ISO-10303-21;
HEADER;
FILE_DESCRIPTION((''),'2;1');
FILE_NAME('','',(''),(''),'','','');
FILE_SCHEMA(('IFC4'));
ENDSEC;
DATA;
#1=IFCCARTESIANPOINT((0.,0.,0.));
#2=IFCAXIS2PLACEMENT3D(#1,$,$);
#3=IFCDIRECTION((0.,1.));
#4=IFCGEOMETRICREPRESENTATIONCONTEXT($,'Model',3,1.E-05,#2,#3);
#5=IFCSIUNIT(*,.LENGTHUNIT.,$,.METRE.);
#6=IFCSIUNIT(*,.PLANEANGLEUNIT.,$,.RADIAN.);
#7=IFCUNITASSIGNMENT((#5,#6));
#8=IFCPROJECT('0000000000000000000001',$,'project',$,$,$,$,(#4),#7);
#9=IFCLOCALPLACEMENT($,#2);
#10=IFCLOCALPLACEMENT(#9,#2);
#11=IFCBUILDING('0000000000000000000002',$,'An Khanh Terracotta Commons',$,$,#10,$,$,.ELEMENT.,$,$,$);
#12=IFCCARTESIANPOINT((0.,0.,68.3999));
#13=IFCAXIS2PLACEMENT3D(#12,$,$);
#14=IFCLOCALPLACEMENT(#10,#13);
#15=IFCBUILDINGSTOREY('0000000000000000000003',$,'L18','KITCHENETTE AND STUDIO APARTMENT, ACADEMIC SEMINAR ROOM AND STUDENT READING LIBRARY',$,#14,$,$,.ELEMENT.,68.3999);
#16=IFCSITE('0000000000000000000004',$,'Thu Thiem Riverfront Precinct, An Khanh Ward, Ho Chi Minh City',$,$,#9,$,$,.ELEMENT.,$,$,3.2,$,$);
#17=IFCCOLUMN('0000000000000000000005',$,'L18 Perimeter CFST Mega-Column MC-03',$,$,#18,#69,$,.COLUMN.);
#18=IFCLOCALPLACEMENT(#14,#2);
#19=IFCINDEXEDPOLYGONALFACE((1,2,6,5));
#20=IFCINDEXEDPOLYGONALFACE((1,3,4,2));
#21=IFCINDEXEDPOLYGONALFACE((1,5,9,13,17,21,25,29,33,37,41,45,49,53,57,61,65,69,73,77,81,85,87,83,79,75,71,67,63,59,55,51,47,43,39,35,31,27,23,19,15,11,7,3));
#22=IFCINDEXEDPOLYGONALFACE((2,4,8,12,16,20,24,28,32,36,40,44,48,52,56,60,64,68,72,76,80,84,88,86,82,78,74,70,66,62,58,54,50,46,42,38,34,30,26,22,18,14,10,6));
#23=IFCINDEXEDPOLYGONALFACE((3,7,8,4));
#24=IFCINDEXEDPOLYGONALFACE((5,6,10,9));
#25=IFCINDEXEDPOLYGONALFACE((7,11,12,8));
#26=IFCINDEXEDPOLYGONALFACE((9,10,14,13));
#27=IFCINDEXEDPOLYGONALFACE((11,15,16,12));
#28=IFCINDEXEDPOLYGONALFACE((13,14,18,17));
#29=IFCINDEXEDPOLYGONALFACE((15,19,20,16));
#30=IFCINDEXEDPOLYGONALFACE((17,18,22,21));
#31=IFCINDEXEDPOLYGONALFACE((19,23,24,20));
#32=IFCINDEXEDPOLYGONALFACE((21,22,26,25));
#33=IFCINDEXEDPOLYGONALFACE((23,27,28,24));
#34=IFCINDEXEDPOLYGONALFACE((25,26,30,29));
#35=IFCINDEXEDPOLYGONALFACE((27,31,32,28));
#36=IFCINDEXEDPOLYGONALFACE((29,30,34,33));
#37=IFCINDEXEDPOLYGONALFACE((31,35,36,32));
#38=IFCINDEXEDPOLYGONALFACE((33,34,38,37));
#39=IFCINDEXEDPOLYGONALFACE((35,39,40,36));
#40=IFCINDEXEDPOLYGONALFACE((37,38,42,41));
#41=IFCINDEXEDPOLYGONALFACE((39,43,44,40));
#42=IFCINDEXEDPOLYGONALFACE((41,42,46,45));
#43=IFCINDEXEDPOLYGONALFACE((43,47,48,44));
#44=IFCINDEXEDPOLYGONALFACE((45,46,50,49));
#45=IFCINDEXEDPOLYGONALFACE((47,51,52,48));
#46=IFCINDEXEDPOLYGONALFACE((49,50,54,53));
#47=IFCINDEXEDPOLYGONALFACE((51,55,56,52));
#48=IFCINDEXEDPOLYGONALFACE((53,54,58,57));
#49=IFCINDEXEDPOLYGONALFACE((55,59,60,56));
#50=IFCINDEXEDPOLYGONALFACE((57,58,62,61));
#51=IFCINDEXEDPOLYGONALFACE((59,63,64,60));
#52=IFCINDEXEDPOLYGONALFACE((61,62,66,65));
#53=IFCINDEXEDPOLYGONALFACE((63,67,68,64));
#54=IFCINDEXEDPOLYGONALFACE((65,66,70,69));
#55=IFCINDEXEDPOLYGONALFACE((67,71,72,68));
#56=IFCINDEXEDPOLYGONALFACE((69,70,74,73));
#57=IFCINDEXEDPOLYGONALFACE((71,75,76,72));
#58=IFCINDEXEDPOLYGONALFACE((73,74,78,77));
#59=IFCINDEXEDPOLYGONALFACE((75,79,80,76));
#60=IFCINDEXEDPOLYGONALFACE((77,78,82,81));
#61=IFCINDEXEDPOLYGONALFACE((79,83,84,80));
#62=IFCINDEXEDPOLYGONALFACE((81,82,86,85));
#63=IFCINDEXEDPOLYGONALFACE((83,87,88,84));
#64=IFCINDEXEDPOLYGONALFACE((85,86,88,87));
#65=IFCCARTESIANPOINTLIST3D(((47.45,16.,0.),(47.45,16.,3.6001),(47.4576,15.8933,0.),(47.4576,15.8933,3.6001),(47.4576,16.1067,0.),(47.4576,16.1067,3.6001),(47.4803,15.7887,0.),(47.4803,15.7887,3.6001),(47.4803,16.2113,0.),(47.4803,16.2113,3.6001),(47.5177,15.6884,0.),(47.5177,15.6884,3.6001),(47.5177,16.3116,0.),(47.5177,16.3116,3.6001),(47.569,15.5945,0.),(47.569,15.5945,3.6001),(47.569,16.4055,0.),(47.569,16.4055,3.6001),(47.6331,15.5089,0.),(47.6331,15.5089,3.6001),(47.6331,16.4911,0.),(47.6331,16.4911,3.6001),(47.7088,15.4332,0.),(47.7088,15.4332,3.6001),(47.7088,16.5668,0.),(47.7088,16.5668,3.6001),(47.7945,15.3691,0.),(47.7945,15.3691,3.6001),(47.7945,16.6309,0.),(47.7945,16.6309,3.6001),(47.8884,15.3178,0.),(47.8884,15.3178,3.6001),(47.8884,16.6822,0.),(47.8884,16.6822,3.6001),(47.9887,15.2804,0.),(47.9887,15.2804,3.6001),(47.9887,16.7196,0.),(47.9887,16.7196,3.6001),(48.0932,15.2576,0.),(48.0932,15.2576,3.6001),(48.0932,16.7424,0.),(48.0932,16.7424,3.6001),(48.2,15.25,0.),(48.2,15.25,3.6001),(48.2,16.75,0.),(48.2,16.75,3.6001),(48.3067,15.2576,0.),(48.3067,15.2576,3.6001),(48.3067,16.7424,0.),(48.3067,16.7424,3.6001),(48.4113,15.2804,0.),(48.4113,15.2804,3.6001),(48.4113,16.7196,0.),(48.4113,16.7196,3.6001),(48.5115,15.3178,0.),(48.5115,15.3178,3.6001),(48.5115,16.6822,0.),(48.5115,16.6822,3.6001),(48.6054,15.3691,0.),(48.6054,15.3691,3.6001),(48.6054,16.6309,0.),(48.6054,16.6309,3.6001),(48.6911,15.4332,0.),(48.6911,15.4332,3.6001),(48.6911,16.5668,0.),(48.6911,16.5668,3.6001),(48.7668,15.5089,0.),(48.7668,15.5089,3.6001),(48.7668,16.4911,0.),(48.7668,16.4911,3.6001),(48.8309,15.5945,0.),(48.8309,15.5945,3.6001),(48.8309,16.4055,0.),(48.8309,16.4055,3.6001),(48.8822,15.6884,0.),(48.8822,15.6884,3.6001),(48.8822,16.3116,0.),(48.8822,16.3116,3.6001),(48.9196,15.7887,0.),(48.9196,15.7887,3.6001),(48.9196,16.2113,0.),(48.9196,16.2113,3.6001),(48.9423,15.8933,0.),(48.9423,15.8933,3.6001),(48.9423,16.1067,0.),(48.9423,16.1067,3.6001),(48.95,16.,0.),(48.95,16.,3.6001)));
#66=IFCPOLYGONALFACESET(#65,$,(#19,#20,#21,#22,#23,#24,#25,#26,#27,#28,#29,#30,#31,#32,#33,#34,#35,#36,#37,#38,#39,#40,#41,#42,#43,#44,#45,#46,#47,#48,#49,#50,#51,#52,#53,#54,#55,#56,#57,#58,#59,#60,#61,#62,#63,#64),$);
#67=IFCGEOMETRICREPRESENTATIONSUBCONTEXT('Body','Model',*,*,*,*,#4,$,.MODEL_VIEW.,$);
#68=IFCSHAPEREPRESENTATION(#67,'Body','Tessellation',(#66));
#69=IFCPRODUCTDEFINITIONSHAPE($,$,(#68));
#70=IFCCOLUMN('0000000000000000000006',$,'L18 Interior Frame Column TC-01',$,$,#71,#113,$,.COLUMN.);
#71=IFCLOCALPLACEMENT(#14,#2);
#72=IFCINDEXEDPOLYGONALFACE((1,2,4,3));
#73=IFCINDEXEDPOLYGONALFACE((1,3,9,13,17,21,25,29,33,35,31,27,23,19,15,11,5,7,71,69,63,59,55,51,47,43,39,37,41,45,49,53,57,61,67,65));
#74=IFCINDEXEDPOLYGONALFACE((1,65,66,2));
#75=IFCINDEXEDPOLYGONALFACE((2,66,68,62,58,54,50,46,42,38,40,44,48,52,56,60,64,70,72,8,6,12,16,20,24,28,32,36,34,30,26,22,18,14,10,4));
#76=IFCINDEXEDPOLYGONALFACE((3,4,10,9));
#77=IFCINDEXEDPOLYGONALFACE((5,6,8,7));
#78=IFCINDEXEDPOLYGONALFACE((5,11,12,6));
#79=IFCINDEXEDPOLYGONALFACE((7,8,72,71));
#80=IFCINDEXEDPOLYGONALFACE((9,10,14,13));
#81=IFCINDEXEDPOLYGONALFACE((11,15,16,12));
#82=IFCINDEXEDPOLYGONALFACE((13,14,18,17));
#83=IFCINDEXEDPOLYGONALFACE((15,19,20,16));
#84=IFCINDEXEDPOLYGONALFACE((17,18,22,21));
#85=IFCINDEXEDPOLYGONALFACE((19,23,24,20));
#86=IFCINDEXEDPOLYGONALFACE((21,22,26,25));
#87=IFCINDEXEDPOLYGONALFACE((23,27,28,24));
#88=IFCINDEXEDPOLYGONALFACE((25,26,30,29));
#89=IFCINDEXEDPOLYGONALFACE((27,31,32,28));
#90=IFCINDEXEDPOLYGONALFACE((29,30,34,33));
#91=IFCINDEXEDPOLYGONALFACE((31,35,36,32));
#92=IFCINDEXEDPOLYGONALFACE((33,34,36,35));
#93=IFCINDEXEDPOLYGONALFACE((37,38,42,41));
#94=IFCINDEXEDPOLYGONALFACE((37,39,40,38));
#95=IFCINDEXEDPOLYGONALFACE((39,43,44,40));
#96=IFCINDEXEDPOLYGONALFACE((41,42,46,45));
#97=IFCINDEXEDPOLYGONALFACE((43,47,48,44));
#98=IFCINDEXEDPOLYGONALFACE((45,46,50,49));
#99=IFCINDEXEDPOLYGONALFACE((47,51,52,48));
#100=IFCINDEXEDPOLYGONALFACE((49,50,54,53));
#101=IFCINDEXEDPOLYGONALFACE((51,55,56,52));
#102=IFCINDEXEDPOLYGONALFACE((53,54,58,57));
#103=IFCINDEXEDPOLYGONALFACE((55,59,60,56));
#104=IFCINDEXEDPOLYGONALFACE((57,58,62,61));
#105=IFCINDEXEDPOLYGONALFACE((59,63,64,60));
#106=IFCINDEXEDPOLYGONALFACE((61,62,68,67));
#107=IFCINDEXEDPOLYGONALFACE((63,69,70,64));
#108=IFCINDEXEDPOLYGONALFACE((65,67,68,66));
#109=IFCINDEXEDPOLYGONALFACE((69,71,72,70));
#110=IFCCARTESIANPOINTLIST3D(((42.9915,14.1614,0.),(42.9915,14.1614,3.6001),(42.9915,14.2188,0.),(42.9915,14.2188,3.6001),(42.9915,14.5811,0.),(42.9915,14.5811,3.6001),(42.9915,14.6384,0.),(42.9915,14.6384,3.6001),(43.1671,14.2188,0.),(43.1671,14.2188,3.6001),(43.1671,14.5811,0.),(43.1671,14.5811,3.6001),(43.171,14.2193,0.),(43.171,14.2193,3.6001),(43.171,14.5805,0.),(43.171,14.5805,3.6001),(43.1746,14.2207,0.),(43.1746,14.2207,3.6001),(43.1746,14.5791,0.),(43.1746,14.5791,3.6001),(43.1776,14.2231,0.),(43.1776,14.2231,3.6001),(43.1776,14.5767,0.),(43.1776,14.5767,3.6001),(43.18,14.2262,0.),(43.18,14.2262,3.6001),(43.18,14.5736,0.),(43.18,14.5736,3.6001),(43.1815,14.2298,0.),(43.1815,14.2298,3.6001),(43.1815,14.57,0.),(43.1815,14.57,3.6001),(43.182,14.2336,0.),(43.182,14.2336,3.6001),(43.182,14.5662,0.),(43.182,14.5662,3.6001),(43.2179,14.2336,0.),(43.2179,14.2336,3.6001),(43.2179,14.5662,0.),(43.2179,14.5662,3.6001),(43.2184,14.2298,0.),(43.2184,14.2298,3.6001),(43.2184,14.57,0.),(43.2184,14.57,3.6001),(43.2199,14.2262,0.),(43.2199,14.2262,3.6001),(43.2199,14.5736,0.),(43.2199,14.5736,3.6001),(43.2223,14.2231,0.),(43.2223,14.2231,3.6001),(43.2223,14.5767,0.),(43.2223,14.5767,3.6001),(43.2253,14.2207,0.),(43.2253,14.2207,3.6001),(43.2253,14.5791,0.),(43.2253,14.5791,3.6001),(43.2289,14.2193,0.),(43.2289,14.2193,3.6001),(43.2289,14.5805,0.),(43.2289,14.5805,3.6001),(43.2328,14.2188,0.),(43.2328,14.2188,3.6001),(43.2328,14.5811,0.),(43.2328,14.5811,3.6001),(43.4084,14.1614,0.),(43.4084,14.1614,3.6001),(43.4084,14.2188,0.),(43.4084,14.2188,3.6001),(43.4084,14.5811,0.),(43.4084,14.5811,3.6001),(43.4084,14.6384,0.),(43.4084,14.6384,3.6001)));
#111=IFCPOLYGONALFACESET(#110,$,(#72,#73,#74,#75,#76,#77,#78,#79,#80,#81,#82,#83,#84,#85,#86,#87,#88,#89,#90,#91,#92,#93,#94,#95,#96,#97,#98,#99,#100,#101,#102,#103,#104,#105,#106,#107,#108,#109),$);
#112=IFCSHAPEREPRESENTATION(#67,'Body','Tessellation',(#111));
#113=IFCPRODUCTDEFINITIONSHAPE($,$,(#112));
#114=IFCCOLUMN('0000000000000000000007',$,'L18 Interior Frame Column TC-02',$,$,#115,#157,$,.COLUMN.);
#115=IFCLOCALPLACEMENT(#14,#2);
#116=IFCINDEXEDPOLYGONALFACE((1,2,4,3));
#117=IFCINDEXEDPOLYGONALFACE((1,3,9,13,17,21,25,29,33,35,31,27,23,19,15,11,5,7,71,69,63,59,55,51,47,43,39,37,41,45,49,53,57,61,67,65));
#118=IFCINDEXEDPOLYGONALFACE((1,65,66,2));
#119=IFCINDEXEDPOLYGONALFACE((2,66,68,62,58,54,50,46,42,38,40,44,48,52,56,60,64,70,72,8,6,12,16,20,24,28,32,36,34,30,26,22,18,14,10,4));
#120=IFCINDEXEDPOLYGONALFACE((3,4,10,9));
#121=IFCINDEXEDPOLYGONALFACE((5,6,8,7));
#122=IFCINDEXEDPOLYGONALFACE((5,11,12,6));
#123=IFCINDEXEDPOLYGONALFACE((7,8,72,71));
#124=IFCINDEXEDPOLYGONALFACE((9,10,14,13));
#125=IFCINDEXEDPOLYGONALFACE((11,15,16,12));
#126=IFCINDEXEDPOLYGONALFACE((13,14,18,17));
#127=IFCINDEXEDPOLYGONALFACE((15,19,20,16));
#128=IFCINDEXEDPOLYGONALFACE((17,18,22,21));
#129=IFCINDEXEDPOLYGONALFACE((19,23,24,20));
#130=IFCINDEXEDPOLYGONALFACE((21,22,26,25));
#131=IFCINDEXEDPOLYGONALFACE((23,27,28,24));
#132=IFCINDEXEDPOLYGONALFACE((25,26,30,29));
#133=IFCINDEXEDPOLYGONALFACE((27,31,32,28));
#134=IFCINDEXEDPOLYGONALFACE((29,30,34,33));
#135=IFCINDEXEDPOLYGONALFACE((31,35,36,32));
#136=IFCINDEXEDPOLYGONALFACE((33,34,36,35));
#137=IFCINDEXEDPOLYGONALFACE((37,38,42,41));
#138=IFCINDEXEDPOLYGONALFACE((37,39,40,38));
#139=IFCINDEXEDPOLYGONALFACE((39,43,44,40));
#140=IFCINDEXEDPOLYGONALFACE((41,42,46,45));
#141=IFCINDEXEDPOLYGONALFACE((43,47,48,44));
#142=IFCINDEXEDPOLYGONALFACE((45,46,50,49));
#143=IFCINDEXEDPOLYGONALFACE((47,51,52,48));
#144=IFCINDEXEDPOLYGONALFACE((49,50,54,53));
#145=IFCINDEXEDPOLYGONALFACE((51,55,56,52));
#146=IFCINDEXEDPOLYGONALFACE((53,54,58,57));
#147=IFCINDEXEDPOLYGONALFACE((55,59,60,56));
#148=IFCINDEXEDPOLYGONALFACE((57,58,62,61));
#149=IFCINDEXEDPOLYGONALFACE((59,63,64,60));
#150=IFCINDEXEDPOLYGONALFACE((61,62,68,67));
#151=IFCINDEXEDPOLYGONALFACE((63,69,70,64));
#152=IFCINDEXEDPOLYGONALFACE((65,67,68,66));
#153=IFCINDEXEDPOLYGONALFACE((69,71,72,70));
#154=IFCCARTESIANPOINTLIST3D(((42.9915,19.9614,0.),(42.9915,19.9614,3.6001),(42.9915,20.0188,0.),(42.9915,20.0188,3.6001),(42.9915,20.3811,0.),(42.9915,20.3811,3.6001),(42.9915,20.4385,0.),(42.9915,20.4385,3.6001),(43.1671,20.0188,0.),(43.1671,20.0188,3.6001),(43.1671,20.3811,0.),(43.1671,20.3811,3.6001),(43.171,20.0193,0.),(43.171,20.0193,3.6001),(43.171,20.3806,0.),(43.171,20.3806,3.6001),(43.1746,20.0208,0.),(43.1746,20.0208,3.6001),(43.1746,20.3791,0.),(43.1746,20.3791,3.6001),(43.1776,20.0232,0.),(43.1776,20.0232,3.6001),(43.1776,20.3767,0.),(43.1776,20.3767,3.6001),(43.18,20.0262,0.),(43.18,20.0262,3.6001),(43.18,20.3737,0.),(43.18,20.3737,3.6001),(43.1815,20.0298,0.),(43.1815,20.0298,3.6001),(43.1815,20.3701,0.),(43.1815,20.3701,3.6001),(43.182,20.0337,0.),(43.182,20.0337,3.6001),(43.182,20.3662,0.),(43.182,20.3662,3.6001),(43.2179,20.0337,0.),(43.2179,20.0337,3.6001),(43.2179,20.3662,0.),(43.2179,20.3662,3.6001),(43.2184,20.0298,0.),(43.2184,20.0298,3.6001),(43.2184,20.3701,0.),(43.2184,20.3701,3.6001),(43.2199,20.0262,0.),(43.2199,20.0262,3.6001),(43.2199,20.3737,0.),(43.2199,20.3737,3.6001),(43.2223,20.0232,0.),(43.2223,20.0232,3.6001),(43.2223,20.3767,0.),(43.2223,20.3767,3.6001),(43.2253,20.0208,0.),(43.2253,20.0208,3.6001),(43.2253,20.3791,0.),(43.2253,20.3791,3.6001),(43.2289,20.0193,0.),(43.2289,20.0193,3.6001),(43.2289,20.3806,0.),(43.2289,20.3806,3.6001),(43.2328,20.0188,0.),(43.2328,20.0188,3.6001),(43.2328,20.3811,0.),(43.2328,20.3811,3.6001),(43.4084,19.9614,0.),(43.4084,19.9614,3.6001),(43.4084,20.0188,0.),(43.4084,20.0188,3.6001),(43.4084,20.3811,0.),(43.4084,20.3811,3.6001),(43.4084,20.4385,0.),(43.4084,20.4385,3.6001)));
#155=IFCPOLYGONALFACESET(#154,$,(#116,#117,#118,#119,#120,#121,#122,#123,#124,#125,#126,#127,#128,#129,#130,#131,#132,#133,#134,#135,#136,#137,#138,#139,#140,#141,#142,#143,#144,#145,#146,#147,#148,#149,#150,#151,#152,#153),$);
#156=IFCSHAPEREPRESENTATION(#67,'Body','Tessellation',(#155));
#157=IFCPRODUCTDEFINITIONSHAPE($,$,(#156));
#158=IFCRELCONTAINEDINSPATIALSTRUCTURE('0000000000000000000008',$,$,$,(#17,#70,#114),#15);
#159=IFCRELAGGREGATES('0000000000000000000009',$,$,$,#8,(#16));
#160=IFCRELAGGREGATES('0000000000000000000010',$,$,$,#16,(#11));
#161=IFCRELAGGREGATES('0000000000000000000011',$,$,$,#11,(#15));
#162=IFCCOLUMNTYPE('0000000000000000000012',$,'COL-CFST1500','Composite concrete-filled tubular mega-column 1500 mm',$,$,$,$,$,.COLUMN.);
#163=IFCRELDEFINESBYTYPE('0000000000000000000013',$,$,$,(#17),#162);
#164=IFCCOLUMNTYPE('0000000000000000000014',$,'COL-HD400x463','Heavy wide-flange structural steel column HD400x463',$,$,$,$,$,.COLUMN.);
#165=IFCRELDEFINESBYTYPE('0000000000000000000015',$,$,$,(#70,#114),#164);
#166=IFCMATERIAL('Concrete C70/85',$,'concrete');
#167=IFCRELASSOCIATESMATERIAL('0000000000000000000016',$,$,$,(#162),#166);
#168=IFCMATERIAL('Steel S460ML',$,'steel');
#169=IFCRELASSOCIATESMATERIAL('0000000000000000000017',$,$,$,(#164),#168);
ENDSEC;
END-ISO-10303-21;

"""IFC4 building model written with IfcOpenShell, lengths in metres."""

from ifc_helpers import new_model, si_unit, direction, frame, origin, origin_2d, place, context, subcontext, project, spatial, circle, i_section, extrude, material, material_profile, profile_set, type_object, element, save


model = new_model("IFC4")

# Units and contexts
model_context = context("Model", 3, precision=1e-05, world=origin(), true_north=direction((0.0, 1.0)))
body_context = subcontext(model_context, "Body", "Model", "MODEL_VIEW")
ifc_project = project(units=[si_unit("LENGTHUNIT", "METRE"), si_unit("PLANEANGLEUNIT", "RADIAN")], contexts=[model_context])

# Site, building, storey
site_placement = place(None, origin())
site = spatial("IfcSite", under=ifc_project, at=site_placement, Name="Thu Thiem Riverfront Precinct, An Khanh Ward, Ho Chi Minh City", CompositionType="ELEMENT", RefElevation=3.2)
building_placement = place(site_placement, origin())
building = spatial("IfcBuilding", under=site, at=building_placement, Name="An Khanh Terracotta Commons", CompositionType="ELEMENT")
storey_placement = place(building_placement, frame((0.0, 0.0, 68.3999)))
storey = spatial("IfcBuildingStorey", under=building, at=storey_placement, Name="L18", Description="KITCHENETTE AND STUDIO APARTMENT, ACADEMIC SEMINAR ROOM AND STUDENT READING LIBRARY", CompositionType="ELEMENT", Elevation=68.3999)

# Columns
ifc_material_1 = material(Name="Concrete C70/85", Category="concrete")
ifc_material_profile_1 = material_profile(ifc_material_1, circle(Radius=0.75, at=origin_2d()), Name="CFST1500")
ifc_profile_set_1 = profile_set([ifc_material_profile_1], Name="Concrete C70/85")
column_type_1 = type_object("IfcColumnType", Name="COL-CFST1500", Description="Composite concrete-filled tubular mega-column 1500 mm", PredefinedType="COLUMN", material=ifc_profile_set_1)
column_placement = place(storey_placement, frame((48.2, 16.0, 0.0), z_axis=(0.0, 0.0, 1.0), x_axis=(1.0, 0.0, 0.0)))
element("IfcColumn", 1, at=column_placement, inside=storey, type_object=column_type_1, Name="L18 Perimeter CFST Mega-Column MC-03", PredefinedType="COLUMN", context=body_context, shape_type="SweptSolid", body=[
    extrude(circle(Radius=0.75, at=origin_2d()), origin(), (0.0, 0.0, 1.0), 3.6001),
])
ifc_material_2 = material(Name="Steel S460ML", Category="steel")
ifc_material_profile_2 = material_profile(ifc_material_2, i_section(OverallWidth=0.417, OverallDepth=0.4771, WebThickness=0.0359, FlangeThickness=0.0574, FilletRadius=0.0149, at=origin_2d()), Name="HD400x463")
ifc_profile_set_2 = profile_set([ifc_material_profile_2], Name="Steel S460ML")
column_type_2 = type_object("IfcColumnType", Name="COL-HD400x463", Description="Heavy wide-flange structural steel column HD400x463", PredefinedType="COLUMN", material=ifc_profile_set_2)
for number, where, z_axis, x_axis, name in (
    (2, (43.2, 14.3999, 0.0), (0.0, 0.0, 1.0), (1.0, 0.0, 0.0), "L18 Interior Frame Column TC-01"),
    (3, (43.2, 20.2, 0.0), (0.0, 0.0, 1.0), (1.0, 0.0, 0.0), "L18 Interior Frame Column TC-02"),
):
    element("IfcColumn", number, at=place(storey_placement, frame(where, z_axis=z_axis, x_axis=x_axis)), inside=storey, type_object=column_type_2, Name=name, PredefinedType="COLUMN", context=body_context, shape_type="SweptSolid", body=[
        extrude(i_section(OverallWidth=0.417, OverallDepth=0.4771, WebThickness=0.0359, FlangeThickness=0.0574, FilletRadius=0.0149, at=origin_2d()), origin(), (0.0, 0.0, 1.0), 3.6001),
    ])

save(model, "model.ifc")
